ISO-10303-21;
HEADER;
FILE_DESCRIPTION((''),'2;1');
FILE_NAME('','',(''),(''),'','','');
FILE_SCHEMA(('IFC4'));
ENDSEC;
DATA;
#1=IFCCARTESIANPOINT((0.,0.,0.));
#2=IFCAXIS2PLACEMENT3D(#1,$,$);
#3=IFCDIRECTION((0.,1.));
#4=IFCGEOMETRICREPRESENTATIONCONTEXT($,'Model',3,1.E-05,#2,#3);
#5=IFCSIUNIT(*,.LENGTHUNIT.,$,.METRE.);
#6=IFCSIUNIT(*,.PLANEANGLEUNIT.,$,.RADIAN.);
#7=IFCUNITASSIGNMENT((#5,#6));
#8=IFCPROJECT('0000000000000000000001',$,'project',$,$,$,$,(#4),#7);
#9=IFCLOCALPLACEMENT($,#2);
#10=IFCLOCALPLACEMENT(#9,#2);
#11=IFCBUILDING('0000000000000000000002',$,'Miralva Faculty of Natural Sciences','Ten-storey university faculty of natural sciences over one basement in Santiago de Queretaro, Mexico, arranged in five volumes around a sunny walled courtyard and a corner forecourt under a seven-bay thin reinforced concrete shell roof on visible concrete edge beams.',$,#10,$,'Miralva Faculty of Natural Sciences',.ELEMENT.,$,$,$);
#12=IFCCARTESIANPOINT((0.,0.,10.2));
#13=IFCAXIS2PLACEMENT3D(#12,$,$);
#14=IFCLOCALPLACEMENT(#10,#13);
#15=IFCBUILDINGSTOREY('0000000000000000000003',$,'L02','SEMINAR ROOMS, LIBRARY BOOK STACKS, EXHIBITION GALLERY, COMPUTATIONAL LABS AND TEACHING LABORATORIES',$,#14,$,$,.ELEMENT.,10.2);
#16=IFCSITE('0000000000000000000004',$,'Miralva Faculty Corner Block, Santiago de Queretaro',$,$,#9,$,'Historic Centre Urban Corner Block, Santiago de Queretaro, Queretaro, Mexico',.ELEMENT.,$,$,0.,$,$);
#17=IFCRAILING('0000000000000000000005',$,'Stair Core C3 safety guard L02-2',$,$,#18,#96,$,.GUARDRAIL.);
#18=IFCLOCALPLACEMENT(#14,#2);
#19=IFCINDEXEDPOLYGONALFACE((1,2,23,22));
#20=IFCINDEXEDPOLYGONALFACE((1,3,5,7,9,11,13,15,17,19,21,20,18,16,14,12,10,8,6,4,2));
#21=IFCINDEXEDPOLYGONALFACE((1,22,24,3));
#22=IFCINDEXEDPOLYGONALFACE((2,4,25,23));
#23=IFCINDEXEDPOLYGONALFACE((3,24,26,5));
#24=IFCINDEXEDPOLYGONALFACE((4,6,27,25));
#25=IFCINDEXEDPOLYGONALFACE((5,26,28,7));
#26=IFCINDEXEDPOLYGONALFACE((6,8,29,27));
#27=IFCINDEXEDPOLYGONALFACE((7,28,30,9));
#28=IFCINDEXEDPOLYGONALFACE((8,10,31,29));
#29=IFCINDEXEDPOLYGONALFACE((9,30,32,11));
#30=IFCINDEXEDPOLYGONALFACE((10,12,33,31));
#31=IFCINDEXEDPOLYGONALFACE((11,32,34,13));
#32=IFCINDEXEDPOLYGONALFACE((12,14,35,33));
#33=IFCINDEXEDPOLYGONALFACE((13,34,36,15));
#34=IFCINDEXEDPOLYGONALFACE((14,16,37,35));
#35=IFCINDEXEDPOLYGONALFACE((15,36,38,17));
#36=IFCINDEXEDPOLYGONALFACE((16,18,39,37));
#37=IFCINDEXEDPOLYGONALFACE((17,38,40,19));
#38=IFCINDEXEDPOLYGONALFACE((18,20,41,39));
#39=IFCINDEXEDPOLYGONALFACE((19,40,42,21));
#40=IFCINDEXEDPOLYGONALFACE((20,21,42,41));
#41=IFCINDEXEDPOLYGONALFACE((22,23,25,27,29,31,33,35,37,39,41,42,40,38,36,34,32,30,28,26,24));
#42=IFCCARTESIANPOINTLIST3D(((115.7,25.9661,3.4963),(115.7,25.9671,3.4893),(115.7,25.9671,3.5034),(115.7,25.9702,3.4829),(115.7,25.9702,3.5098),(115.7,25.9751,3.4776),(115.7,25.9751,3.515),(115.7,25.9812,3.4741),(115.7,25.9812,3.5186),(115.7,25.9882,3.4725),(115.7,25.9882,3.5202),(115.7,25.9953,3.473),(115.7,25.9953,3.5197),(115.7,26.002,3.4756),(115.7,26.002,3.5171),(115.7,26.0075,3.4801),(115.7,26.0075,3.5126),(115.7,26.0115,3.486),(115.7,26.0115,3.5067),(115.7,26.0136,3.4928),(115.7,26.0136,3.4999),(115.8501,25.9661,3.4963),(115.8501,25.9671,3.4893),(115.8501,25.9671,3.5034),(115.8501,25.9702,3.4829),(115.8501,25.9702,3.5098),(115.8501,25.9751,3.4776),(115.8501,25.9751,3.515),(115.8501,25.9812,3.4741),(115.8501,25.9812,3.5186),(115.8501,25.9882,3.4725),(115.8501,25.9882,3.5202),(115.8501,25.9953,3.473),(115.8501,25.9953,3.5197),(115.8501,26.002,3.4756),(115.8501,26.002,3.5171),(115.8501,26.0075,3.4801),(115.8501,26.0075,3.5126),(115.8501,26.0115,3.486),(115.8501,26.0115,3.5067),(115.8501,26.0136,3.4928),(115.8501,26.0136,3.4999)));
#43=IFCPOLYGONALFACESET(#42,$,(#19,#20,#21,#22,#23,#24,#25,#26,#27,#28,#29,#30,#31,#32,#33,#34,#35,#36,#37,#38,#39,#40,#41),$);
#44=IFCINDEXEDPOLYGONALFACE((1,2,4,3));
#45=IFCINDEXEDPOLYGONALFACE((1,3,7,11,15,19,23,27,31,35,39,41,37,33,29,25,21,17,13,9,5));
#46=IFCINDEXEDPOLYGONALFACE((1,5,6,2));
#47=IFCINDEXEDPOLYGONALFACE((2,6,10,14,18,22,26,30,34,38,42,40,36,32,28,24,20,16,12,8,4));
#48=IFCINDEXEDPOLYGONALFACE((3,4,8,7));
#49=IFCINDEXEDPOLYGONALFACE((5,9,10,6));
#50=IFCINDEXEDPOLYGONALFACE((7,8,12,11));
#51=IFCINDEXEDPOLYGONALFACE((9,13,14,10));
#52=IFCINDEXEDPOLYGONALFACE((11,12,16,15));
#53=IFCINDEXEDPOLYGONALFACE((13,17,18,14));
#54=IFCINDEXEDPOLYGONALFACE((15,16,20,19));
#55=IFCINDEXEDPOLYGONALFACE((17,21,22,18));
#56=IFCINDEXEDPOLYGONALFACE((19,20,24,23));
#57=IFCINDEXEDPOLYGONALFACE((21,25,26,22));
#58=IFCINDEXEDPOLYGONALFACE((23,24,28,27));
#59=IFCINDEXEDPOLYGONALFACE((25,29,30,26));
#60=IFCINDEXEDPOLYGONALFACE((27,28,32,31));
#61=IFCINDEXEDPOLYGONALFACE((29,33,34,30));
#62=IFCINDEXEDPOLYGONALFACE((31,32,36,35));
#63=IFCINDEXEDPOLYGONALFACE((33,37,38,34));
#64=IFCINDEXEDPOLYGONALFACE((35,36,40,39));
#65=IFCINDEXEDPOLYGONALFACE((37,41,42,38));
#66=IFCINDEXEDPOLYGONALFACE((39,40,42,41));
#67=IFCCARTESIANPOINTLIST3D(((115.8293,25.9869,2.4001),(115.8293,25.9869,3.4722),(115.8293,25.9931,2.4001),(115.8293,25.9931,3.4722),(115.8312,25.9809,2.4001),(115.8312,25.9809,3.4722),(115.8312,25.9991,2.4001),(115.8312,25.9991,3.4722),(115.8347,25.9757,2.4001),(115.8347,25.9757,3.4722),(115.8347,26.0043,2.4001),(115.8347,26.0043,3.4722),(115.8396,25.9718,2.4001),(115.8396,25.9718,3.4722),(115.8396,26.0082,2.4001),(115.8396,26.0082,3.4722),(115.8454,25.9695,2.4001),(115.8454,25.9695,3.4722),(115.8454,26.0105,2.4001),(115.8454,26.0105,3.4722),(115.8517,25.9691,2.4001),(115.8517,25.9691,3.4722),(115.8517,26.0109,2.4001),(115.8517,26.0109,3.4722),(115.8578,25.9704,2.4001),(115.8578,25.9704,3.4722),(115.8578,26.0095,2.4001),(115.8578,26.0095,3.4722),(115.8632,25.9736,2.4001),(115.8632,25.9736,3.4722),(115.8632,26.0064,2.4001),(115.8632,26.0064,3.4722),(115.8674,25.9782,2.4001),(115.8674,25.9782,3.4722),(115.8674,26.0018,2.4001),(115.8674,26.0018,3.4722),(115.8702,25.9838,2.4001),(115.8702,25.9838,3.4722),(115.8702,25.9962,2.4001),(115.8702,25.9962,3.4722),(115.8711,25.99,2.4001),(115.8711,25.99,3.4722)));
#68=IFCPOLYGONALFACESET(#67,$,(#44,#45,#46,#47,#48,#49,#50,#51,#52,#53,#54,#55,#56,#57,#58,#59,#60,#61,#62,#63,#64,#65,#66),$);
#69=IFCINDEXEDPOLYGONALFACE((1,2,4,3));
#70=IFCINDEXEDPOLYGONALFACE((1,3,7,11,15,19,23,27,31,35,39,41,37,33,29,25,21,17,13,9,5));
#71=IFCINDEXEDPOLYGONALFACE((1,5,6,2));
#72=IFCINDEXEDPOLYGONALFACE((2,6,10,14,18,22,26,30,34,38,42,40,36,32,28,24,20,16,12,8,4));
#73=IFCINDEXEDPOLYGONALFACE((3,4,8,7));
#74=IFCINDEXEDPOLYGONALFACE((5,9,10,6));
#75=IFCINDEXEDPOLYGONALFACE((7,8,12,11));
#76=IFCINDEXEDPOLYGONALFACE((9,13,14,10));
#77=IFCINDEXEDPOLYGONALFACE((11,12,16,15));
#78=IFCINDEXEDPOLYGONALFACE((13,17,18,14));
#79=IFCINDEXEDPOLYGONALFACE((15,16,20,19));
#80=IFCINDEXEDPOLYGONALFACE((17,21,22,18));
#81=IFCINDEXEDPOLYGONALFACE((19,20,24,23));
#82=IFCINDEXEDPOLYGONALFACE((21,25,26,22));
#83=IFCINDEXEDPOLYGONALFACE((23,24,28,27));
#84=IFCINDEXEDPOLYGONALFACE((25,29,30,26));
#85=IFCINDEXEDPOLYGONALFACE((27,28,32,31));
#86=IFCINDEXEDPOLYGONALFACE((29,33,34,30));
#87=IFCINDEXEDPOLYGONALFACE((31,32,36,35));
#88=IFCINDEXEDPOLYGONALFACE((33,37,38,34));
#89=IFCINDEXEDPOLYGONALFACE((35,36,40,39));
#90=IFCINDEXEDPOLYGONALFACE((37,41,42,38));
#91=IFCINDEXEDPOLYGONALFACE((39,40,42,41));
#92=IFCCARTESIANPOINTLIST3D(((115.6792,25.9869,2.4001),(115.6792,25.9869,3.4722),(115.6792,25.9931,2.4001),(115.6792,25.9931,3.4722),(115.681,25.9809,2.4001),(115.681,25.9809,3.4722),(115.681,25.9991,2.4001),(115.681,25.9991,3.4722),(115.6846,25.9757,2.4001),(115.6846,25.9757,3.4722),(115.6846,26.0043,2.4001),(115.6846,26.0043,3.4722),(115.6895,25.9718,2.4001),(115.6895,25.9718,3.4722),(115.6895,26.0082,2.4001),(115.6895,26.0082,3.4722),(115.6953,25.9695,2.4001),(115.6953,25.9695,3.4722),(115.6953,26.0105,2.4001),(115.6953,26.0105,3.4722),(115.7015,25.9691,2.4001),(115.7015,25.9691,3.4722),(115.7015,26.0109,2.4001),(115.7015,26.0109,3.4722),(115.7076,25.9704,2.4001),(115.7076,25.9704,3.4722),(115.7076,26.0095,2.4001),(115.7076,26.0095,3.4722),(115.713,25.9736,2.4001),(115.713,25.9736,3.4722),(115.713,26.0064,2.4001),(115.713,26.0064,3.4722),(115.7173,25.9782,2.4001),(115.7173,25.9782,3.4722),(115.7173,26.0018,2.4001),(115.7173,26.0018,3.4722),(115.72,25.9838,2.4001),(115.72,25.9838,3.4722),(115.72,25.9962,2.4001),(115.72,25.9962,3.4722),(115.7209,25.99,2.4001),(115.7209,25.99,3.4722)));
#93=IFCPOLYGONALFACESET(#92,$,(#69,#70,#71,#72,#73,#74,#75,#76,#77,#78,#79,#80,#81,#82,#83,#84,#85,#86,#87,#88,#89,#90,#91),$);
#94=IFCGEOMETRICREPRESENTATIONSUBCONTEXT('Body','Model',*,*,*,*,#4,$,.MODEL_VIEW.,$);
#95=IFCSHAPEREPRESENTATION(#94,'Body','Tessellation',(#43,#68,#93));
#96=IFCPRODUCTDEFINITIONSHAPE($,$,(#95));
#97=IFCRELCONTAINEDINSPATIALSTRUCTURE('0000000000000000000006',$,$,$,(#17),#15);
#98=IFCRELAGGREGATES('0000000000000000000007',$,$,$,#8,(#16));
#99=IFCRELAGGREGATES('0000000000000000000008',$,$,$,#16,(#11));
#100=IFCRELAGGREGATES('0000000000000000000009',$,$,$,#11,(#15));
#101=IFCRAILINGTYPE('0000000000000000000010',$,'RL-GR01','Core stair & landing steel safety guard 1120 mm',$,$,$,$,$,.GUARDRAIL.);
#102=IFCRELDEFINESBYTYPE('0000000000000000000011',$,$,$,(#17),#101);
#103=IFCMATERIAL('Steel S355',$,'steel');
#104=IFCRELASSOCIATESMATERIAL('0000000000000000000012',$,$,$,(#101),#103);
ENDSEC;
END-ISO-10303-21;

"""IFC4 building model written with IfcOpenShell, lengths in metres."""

from ifc_helpers import new_model, si_unit, direction, frame, origin, origin_2d, place, context, subcontext, project, spatial, circle, extrude, material, type_object, element, save


model = new_model("IFC4")

# Units and contexts
model_context = context("Model", 3, precision=1e-05, world=origin(), true_north=direction((0.0, 1.0)))
body_context = subcontext(model_context, "Body", "Model", "MODEL_VIEW")
ifc_project = project(units=[si_unit("LENGTHUNIT", "METRE"), si_unit("PLANEANGLEUNIT", "RADIAN")], contexts=[model_context])

# Site, building, storey
site_placement = place(None, origin())
site = spatial("IfcSite", under=ifc_project, at=site_placement, Name="Miralva Faculty Corner Block, Santiago de Queretaro", LongName="Historic Centre Urban Corner Block, Santiago de Queretaro, Queretaro, Mexico", CompositionType="ELEMENT", RefElevation=0.0)
building_placement = place(site_placement, origin())
building = spatial("IfcBuilding", under=site, at=building_placement, Name="Miralva Faculty of Natural Sciences", Description="Ten-storey university faculty of natural sciences over one basement in Santiago de Queretaro, Mexico, arranged in five volumes around a sunny walled courtyard and a corner forecourt under a seven-bay thin reinforced concrete shell roof on visible concrete edge beams.", LongName="Miralva Faculty of Natural Sciences", CompositionType="ELEMENT")
storey_placement = place(building_placement, frame((0.0, 0.0, 10.2)))
storey = spatial("IfcBuildingStorey", under=building, at=storey_placement, Name="L02", Description="SEMINAR ROOMS, LIBRARY BOOK STACKS, EXHIBITION GALLERY, COMPUTATIONAL LABS AND TEACHING LABORATORIES", CompositionType="ELEMENT", Elevation=10.2)

# Railing
ifc_material_1 = material(Name="Steel S355", Category="steel")
railing_type_1 = type_object("IfcRailingType", Name="RL-GR01", Description="Core stair & landing steel safety guard 1120 mm", PredefinedType="GUARDRAIL", material=ifc_material_1)
railing_1_placement = place(storey_placement, frame((115.8501, 25.99, 2.4001)))
element("IfcRailing", 1, at=railing_1_placement, inside=storey, type_object=railing_type_1, Name="Stair Core C3 safety guard L02-2", PredefinedType="GUARDRAIL", context=body_context, shape_type="SweptSolid", body=[
    extrude(circle(Radius=0.0239, at=origin_2d()), frame((0.0, 0.0, 1.0962), z_axis=(-1.0, 0.0, 0.0), x_axis=(0.0, -1.0, 0.0)), (0.0, 0.0, 1.0), 0.1501),
    extrude(circle(Radius=0.021, at=origin_2d()), origin(), (0.0, 0.0, 1.0), 1.072),
    extrude(circle(Radius=0.021, at=origin_2d()), frame((-0.1501, 0.0, 0.0)), (0.0, 0.0, 1.0), 1.072),
])

save(model, "model.ifc")
